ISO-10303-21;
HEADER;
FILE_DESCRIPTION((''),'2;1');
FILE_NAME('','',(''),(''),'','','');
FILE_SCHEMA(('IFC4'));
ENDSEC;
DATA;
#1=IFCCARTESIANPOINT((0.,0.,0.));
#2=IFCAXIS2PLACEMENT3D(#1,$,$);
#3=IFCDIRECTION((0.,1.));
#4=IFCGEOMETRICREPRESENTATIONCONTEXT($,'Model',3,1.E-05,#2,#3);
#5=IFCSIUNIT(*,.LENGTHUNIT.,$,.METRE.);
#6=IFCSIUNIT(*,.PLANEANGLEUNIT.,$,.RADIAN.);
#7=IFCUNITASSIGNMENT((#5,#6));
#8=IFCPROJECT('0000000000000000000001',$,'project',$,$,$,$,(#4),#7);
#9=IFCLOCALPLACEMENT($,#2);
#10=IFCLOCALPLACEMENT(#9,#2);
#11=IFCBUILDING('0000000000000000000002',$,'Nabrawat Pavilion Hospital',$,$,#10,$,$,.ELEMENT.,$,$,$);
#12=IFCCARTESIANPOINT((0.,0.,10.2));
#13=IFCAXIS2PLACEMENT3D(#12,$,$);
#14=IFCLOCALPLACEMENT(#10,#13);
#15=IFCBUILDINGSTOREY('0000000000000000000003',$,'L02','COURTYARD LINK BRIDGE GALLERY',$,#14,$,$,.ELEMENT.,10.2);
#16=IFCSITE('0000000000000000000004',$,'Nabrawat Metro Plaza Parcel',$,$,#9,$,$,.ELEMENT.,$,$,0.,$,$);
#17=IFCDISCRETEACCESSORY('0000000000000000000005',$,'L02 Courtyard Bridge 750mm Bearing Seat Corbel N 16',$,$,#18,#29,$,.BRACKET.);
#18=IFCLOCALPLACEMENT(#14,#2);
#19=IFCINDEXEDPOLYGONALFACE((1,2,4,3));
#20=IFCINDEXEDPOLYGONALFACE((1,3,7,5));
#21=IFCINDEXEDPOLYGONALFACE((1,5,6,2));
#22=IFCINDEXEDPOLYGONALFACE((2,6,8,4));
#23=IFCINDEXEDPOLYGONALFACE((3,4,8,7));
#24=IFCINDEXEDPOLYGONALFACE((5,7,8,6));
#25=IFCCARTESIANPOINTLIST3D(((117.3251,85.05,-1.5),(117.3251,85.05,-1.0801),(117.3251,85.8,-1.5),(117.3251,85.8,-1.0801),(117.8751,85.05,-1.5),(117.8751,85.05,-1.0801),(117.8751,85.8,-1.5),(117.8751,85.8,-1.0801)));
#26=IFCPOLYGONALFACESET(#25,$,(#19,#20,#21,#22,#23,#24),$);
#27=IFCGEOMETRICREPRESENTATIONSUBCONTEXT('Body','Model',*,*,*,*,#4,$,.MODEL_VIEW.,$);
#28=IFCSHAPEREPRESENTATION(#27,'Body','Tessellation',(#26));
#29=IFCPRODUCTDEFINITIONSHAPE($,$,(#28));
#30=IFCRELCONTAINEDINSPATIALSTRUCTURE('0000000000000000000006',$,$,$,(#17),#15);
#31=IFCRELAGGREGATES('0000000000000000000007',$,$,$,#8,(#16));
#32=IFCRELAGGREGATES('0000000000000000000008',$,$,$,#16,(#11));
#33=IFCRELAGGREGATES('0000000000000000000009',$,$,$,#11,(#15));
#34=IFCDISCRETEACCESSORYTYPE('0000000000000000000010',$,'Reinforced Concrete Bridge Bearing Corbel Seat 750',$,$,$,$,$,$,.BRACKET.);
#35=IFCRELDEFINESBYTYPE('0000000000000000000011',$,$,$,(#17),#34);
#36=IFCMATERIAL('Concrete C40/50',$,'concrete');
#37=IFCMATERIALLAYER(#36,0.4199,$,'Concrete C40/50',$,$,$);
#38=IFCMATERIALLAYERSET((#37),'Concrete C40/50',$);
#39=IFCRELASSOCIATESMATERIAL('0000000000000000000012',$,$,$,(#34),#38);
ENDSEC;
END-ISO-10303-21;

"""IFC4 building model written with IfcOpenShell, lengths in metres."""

from ifc_helpers import new_model, si_unit, direction, frame, origin, origin_2d, place, context, subcontext, project, spatial, rectangle, extrude, material, layer, layer_set, type_object, element, save


model = new_model("IFC4")

# Units and contexts
model_context = context("Model", 3, precision=1e-05, world=origin(), true_north=direction((0.0, 1.0)))
body_context = subcontext(model_context, "Body", "Model", "MODEL_VIEW")
ifc_project = project(units=[si_unit("LENGTHUNIT", "METRE"), si_unit("PLANEANGLEUNIT", "RADIAN")], contexts=[model_context])

# Site, building, storey
site_placement = place(None, origin())
site = spatial("IfcSite", under=ifc_project, at=site_placement, Name="Nabrawat Metro Plaza Parcel", CompositionType="ELEMENT", RefElevation=0.0)
building_placement = place(site_placement, origin())
building = spatial("IfcBuilding", under=site, at=building_placement, Name="Nabrawat Pavilion Hospital", CompositionType="ELEMENT")
storey_placement = place(building_placement, frame((0.0, 0.0, 10.2)))
storey = spatial("IfcBuildingStorey", under=building, at=storey_placement, Name="L02", Description="COURTYARD LINK BRIDGE GALLERY", CompositionType="ELEMENT", Elevation=10.2)

# Shared definitions
ifc_material_1 = material(Name="Concrete C40/50", Category="concrete")

# Discrete accessory
ifc_layer_1 = layer(ifc_material_1, 0.4199, Name="Concrete C40/50")
ifc_layer_set_1 = layer_set([ifc_layer_1], Name="Concrete C40/50")
discrete_accessory_type_1 = type_object("IfcDiscreteAccessoryType", Name="Reinforced Concrete Bridge Bearing Corbel Seat 750", PredefinedType="BRACKET", material=ifc_layer_set_1)
discrete_accessory_1_placement = place(storey_placement, frame((117.6001, 85.425, -1.5), z_axis=(0.0, 0.0, 1.0), x_axis=(1.0, 0.0, 0.0)))
element("IfcDiscreteAccessory", 1, at=discrete_accessory_1_placement, inside=storey, type_object=discrete_accessory_type_1, Name="L02 Courtyard Bridge 750mm Bearing Seat Corbel N 16", PredefinedType="BRACKET", context=body_context, shape_type="SweptSolid", body=[
    extrude(rectangle(XDim=0.55, YDim=0.75, at=origin_2d()), origin(), (0.0, 0.0, 1.0), 0.4199),
])

save(model, "model.ifc")
